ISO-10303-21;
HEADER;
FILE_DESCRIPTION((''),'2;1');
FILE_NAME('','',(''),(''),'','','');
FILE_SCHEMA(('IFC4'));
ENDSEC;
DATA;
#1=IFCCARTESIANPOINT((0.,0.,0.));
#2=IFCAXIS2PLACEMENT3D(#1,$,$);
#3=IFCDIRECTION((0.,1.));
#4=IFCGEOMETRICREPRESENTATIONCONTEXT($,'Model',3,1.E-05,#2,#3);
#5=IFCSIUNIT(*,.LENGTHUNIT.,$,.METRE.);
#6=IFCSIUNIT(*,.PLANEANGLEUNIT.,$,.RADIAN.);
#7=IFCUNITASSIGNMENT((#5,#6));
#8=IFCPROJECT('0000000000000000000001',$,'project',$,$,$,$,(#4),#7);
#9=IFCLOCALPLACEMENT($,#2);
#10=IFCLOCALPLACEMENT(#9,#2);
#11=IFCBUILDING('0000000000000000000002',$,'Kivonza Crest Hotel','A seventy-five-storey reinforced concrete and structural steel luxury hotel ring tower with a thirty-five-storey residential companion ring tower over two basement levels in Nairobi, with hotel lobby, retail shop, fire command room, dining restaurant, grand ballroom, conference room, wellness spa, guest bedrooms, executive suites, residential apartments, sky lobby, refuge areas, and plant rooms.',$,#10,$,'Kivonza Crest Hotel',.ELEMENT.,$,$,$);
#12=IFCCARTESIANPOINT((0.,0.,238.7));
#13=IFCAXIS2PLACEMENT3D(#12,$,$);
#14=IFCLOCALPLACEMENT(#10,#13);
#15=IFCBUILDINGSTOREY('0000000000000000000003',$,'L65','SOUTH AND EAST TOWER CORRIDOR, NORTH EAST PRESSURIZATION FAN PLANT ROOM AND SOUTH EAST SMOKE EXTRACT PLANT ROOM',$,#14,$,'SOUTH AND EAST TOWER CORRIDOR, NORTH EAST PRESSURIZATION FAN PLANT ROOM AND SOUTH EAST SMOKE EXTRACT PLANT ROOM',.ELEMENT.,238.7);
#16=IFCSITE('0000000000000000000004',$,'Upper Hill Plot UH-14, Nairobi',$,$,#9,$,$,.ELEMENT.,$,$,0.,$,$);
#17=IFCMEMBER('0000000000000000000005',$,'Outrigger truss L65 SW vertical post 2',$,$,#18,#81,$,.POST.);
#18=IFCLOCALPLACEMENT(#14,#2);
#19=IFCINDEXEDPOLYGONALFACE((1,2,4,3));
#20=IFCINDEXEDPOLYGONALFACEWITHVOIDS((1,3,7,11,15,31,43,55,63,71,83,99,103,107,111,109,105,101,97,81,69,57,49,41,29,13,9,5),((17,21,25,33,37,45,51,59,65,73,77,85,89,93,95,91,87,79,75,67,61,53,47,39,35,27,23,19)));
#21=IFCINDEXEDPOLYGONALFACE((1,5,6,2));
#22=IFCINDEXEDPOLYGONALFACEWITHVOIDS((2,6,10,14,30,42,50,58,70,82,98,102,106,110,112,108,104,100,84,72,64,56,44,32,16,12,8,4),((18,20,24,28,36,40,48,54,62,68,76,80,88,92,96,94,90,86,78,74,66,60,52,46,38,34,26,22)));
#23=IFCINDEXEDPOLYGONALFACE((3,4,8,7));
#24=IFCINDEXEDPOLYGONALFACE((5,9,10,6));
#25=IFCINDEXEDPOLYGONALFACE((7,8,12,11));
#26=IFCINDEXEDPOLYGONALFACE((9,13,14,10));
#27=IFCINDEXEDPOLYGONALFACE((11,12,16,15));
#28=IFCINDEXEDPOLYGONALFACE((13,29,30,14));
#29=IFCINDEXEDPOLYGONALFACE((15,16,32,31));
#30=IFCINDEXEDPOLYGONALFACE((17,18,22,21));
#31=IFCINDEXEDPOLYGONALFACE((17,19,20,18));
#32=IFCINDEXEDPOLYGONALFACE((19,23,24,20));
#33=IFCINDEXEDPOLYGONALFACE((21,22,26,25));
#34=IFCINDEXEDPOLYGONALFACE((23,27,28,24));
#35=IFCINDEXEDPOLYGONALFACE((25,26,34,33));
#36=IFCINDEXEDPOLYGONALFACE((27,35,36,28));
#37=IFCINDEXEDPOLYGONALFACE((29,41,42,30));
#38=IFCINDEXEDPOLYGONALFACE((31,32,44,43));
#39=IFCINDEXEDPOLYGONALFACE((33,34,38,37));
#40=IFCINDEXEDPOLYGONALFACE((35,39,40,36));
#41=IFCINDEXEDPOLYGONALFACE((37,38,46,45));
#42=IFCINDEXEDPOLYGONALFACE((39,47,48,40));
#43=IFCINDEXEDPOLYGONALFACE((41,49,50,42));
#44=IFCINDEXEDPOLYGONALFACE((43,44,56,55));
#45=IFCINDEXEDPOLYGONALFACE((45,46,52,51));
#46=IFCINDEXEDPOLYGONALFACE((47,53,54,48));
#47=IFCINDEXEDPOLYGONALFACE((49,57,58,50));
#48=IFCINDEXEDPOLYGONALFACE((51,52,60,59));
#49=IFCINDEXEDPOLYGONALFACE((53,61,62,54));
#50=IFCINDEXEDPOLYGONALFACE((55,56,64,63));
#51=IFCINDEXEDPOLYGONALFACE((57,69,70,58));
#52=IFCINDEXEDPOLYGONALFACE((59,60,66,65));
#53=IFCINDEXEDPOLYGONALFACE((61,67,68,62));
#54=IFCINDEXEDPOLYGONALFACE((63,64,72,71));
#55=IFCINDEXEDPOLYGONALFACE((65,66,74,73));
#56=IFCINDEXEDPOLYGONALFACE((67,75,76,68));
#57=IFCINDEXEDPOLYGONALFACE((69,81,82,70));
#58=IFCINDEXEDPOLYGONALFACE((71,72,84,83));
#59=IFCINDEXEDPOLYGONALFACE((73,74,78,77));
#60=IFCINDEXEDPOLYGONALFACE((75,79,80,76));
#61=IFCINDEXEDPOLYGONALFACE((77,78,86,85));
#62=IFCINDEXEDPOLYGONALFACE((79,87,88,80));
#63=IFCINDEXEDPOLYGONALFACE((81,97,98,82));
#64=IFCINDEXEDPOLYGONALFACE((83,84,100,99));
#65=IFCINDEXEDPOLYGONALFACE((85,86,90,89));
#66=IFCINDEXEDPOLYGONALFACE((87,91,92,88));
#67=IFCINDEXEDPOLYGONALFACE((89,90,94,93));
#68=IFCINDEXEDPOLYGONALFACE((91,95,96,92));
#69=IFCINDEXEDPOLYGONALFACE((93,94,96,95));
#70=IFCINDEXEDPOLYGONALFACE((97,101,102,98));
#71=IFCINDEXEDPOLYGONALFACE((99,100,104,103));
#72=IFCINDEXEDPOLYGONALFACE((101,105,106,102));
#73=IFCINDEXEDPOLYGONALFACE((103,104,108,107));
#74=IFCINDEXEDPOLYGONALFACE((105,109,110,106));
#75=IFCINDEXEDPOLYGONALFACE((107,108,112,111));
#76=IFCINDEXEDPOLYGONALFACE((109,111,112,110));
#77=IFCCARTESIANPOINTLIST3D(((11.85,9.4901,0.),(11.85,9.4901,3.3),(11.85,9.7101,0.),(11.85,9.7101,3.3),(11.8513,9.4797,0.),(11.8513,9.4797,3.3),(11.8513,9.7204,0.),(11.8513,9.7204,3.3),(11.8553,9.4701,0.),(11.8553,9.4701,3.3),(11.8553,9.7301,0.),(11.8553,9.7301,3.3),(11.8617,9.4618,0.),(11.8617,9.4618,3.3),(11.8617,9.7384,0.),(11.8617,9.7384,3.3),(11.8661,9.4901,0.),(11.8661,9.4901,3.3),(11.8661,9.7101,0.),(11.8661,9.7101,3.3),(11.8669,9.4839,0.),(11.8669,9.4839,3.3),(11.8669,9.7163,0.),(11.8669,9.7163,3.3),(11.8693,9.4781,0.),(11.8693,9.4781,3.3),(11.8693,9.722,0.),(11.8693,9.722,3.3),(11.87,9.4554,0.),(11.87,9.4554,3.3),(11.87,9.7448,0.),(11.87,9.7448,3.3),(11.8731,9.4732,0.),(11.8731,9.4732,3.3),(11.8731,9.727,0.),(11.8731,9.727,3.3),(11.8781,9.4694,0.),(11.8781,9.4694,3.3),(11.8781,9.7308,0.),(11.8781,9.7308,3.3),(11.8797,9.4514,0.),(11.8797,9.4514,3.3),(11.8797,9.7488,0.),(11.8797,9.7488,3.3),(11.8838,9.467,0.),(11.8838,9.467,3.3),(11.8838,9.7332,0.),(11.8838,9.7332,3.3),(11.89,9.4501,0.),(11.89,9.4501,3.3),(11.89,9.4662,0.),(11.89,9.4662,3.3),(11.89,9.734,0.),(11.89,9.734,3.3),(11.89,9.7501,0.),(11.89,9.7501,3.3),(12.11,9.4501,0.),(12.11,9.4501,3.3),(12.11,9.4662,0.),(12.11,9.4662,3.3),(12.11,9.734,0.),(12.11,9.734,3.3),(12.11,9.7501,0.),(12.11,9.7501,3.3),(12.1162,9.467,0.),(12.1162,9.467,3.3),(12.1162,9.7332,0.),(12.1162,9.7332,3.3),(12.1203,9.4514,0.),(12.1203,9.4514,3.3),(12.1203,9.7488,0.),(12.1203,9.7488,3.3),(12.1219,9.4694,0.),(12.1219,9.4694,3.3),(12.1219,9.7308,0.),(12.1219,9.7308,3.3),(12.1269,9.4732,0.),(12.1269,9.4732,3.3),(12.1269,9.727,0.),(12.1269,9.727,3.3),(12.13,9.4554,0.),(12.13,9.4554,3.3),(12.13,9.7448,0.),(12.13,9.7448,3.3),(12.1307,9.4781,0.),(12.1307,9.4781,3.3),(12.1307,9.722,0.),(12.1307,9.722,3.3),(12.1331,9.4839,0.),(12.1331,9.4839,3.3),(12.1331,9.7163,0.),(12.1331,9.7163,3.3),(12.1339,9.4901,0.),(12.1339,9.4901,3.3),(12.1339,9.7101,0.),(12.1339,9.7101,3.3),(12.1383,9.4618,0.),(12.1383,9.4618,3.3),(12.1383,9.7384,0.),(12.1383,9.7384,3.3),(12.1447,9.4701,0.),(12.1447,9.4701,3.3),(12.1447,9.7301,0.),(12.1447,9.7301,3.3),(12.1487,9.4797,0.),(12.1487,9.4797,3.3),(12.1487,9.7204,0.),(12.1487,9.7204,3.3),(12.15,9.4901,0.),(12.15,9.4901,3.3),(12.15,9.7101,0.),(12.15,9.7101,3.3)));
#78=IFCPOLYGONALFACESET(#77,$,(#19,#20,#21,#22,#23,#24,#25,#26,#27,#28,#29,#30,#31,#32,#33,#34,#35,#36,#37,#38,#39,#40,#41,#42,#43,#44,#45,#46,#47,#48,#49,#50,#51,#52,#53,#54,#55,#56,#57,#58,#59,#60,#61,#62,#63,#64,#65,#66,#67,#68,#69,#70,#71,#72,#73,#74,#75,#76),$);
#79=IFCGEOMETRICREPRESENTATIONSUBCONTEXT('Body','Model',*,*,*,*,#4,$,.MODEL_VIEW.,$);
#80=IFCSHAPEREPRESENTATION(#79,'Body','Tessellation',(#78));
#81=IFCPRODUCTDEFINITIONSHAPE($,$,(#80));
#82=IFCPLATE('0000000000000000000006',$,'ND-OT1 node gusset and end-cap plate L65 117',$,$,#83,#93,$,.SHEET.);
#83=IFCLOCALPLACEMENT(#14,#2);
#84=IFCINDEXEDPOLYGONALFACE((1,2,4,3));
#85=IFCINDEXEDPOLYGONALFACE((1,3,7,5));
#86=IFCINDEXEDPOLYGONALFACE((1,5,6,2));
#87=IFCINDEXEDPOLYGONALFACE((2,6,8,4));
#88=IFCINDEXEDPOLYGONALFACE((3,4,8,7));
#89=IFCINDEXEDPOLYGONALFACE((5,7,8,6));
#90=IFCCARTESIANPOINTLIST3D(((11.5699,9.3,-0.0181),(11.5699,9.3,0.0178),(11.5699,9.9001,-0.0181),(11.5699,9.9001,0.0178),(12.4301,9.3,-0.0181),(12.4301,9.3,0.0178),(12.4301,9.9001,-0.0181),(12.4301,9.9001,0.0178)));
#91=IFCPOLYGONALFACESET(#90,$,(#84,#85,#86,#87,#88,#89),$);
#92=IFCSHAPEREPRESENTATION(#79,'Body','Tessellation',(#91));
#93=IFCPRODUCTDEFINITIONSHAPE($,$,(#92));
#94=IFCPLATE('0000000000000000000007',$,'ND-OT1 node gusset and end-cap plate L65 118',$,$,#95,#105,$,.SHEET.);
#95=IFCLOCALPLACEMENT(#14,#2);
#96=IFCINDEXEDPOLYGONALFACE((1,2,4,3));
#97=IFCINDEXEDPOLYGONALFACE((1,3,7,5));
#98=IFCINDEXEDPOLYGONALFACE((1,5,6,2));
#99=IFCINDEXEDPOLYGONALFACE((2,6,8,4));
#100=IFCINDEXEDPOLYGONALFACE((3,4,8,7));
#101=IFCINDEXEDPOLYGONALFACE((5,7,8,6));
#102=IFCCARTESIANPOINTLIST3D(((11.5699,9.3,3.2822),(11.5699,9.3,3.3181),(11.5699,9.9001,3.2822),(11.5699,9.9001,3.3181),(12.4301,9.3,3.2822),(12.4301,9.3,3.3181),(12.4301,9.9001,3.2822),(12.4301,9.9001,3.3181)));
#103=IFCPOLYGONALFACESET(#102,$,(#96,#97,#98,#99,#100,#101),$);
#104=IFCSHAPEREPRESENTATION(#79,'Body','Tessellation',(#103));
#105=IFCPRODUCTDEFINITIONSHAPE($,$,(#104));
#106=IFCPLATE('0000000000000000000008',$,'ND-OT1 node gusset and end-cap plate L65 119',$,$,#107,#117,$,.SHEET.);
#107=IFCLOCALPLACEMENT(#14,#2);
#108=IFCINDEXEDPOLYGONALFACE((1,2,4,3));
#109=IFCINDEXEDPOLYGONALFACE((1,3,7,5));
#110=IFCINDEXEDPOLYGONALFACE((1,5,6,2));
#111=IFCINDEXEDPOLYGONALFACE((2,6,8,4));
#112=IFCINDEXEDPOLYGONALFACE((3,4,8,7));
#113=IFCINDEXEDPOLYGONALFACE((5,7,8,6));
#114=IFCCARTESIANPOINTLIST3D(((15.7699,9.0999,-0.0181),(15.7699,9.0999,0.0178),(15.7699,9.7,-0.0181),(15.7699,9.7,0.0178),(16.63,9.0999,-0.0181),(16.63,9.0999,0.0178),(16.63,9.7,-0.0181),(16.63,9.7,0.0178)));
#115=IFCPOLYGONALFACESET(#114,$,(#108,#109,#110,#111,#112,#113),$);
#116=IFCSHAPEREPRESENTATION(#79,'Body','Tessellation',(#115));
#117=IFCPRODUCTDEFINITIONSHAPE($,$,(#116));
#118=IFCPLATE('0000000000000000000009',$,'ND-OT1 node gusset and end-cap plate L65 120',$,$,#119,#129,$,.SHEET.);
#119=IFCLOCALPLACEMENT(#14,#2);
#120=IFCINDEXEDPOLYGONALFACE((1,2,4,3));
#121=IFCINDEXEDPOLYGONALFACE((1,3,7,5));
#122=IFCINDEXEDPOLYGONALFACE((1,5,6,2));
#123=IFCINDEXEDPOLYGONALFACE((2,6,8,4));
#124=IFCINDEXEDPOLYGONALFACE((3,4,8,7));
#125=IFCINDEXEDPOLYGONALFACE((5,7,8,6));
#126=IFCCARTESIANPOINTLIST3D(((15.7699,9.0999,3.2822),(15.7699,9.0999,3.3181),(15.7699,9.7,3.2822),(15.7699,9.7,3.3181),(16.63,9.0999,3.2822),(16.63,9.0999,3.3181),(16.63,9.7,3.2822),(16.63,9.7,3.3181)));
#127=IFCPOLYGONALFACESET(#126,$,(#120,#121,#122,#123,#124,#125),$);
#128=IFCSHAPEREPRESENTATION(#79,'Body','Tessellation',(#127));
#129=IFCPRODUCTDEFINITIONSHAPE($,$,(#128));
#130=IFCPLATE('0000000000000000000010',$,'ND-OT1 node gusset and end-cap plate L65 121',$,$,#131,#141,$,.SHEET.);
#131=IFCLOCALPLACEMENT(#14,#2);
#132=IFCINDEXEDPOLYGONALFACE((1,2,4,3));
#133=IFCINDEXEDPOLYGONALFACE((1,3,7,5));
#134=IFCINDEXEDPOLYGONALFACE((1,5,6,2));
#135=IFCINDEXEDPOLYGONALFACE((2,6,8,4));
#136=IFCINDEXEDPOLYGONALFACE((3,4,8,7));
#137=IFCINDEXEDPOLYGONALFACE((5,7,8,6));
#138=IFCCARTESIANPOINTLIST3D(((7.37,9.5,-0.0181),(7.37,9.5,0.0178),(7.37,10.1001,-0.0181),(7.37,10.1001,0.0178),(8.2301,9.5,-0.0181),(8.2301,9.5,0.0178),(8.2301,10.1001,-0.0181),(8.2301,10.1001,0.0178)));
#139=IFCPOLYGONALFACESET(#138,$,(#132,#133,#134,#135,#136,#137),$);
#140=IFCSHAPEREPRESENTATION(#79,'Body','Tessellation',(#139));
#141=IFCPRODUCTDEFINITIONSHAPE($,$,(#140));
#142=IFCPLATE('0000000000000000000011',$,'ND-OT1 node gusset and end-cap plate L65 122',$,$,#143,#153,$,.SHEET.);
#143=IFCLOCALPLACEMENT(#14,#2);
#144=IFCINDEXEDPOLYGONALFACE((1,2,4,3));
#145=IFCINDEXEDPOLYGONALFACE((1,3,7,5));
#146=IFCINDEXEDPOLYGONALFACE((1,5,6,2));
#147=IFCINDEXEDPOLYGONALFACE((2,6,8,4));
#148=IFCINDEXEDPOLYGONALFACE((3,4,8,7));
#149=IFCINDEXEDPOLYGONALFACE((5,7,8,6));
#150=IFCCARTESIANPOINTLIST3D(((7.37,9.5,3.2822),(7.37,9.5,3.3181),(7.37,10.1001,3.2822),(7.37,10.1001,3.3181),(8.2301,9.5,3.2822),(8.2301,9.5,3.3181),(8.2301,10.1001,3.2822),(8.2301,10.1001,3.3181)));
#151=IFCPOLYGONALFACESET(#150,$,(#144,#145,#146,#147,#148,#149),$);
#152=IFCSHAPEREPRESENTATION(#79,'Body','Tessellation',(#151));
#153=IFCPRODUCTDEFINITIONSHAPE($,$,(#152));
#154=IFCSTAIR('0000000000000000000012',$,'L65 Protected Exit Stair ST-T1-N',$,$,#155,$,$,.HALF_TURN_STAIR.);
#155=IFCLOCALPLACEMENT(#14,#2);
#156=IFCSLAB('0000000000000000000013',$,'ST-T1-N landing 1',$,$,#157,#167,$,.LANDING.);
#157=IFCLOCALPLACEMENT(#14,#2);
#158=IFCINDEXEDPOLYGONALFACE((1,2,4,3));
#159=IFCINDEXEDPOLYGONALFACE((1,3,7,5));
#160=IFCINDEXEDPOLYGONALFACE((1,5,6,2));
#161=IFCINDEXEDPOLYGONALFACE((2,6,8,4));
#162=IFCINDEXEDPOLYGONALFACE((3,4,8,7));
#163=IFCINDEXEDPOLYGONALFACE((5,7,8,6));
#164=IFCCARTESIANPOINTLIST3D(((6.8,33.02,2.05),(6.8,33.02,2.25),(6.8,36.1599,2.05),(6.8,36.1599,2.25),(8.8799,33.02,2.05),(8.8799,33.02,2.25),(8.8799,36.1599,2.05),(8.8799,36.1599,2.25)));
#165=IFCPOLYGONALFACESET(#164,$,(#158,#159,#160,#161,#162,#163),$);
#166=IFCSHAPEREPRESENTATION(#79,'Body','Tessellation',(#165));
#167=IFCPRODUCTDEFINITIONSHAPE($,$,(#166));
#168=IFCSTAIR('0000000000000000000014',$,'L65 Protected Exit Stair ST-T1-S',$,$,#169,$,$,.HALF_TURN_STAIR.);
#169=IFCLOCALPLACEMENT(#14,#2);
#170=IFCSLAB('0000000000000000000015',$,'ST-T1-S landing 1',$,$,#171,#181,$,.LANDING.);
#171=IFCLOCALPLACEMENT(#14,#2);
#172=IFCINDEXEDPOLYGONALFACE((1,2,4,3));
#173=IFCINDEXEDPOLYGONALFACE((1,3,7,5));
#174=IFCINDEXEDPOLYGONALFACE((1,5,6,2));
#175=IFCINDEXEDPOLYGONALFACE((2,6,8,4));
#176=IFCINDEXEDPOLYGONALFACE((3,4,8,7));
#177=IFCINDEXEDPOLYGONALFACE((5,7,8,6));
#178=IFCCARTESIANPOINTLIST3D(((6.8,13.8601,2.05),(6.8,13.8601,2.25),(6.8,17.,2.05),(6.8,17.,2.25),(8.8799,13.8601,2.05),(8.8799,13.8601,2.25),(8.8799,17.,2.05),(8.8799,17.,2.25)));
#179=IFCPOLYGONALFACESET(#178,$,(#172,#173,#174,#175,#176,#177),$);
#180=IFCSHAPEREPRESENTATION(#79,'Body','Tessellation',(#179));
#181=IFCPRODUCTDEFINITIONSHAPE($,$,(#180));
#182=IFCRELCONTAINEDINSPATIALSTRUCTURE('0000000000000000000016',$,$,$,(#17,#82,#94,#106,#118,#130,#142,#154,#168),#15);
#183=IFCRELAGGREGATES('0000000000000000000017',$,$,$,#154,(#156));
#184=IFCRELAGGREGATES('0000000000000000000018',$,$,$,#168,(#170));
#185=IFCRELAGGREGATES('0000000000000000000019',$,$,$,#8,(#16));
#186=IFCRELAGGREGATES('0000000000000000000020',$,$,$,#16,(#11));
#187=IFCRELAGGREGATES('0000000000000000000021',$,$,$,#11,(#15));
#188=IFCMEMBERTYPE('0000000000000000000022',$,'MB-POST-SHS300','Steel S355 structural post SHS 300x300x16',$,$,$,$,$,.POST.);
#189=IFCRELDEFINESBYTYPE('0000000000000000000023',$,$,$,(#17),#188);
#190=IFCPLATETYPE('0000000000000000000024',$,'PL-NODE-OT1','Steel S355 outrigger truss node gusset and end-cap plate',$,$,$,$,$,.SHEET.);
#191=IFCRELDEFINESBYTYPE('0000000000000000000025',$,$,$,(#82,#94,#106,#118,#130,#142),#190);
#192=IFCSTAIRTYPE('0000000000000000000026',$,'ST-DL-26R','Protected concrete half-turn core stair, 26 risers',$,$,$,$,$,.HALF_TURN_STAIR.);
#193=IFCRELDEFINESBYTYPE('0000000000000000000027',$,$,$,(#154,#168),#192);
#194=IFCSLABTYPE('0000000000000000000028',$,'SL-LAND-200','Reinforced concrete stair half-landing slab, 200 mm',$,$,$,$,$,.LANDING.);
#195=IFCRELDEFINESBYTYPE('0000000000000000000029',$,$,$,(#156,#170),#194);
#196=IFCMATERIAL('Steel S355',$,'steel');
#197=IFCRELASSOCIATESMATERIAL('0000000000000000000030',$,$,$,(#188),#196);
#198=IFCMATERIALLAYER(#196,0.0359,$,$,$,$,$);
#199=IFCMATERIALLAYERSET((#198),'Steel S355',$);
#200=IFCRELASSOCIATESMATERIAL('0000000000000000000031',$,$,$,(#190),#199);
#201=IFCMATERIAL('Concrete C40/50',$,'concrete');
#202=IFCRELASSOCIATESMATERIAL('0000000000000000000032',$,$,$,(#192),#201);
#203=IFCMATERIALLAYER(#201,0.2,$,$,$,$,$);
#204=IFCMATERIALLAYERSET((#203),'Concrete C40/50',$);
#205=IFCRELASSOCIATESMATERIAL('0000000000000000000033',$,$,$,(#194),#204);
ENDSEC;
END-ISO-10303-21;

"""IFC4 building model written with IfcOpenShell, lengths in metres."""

from ifc_helpers import new_model, si_unit, direction, frame, origin, origin_2d, place, context, subcontext, project, spatial, polyline, rectangle, hollow_rectangle, outline, extrude, material, layer, layer_set, material_profile, profile_set, type_object, element, aggregate, save


model = new_model("IFC4")

# Units and contexts
model_context = context("Model", 3, precision=1e-05, world=origin(), true_north=direction((0.0, 1.0)))
body_context = subcontext(model_context, "Body", "Model", "MODEL_VIEW")
ifc_project = project(units=[si_unit("LENGTHUNIT", "METRE"), si_unit("PLANEANGLEUNIT", "RADIAN")], contexts=[model_context])

# Site, building, storey
site_placement = place(None, origin())
site = spatial("IfcSite", under=ifc_project, at=site_placement, Name="Upper Hill Plot UH-14, Nairobi", CompositionType="ELEMENT", RefElevation=0.0)
building_placement = place(site_placement, origin())
building = spatial("IfcBuilding", under=site, at=building_placement, Name="Kivonza Crest Hotel", Description="A seventy-five-storey reinforced concrete and structural steel luxury hotel ring tower with a thirty-five-storey residential companion ring tower over two basement levels in Nairobi, with hotel lobby, retail shop, fire command room, dining restaurant, grand ballroom, conference room, wellness spa, guest bedrooms, executive suites, residential apartments, sky lobby, refuge areas, and plant rooms.", LongName="Kivonza Crest Hotel", CompositionType="ELEMENT")
storey_placement = place(building_placement, frame((0.0, 0.0, 238.7)))
storey = spatial("IfcBuildingStorey", under=building, at=storey_placement, Name="L65", Description="SOUTH AND EAST TOWER CORRIDOR, NORTH EAST PRESSURIZATION FAN PLANT ROOM AND SOUTH EAST SMOKE EXTRACT PLANT ROOM", LongName="SOUTH AND EAST TOWER CORRIDOR, NORTH EAST PRESSURIZATION FAN PLANT ROOM AND SOUTH EAST SMOKE EXTRACT PLANT ROOM", CompositionType="ELEMENT", Elevation=238.7)

# Shared definitions
ifc_material_1 = material(Name="Steel S355", Category="steel")

# Member
ifc_material_profile_1 = material_profile(ifc_material_1, hollow_rectangle(XDim=0.3, YDim=0.3, WallThickness=0.0161, InnerFilletRadius=0.0239, OuterFilletRadius=0.04, at=origin_2d()), Name="SHS 300x300x16")
ifc_profile_set_1 = profile_set([ifc_material_profile_1], Name="Steel S355")
member_type_1 = type_object("IfcMemberType", Name="MB-POST-SHS300", Description="Steel S355 structural post SHS 300x300x16", PredefinedType="POST", material=ifc_profile_set_1)
member_placement = place(storey_placement, frame((12.0, 9.6001, 0.0), z_axis=(0.0, 0.0, 1.0), x_axis=(1.0, 0.0, 0.0)))
element("IfcMember", 1, at=member_placement, inside=storey, type_object=member_type_1, Name="Outrigger truss L65 SW vertical post 2", PredefinedType="POST", context=body_context, shape_type="SweptSolid", body=[
    extrude(hollow_rectangle(XDim=0.3, YDim=0.3, WallThickness=0.0161, InnerFilletRadius=0.0239, OuterFilletRadius=0.04, at=origin_2d()), origin(), (0.0, 0.0, 1.0), 3.3),
])

# Plates
ifc_layer_1 = layer(ifc_material_1, 0.0359)
ifc_layer_set_1 = layer_set([ifc_layer_1], Name="Steel S355")
plate_type = type_object("IfcPlateType", Name="PL-NODE-OT1", Description="Steel S355 outrigger truss node gusset and end-cap plate", PredefinedType="SHEET", material=ifc_layer_set_1)
for number, where, z_axis, x_axis, name in (
    (2, (12.0, 9.6001, -0.0181), (0.0, 0.0, 1.0), (1.0, 0.0, 0.0), "ND-OT1 node gusset and end-cap plate L65 117"),
    (3, (12.0, 9.6001, 3.2822), (0.0, 0.0, 1.0), (1.0, 0.0, 0.0), "ND-OT1 node gusset and end-cap plate L65 118"),
    (4, (16.2, 9.3999, -0.0181), (0.0, 0.0, 1.0), (1.0, 0.0, 0.0), "ND-OT1 node gusset and end-cap plate L65 119"),
    (5, (16.2, 9.3999, 3.2822), (0.0, 0.0, 1.0), (1.0, 0.0, 0.0), "ND-OT1 node gusset and end-cap plate L65 120"),
    (6, (7.8, 9.8, -0.0181), (0.0, 0.0, 1.0), (1.0, 0.0, 0.0), "ND-OT1 node gusset and end-cap plate L65 121"),
    (7, (7.8, 9.8, 3.2822), (0.0, 0.0, 1.0), (1.0, 0.0, 0.0), "ND-OT1 node gusset and end-cap plate L65 122"),
):
    element("IfcPlate", number, at=place(storey_placement, frame(where, z_axis=z_axis, x_axis=x_axis)), inside=storey, type_object=plate_type, Name=name, PredefinedType="SHEET", context=body_context, shape_type="SweptSolid", body=[
        extrude(rectangle(XDim=0.8601, YDim=0.6001, at=origin_2d()), origin(), (0.0, 0.0, 1.0), 0.0359),
    ])

# Stairs, slabs
ifc_material_2 = material(Name="Concrete C40/50", Category="concrete")
stair_type = type_object("IfcStairType", Name="ST-DL-26R", Description="Protected concrete half-turn core stair, 26 risers", PredefinedType="HALF_TURN_STAIR", material=ifc_material_2)
stair_1_placement = place(storey_placement, origin())
stair_1 = element("IfcStair", 8, at=stair_1_placement, inside=storey, type_object=stair_type, Name="L65 Protected Exit Stair ST-T1-N", PredefinedType="HALF_TURN_STAIR")
ifc_layer_2 = layer(ifc_material_2, 0.2)
ifc_layer_set_2 = layer_set([ifc_layer_2], Name="Concrete C40/50")
slab_type_1 = type_object("IfcSlabType", Name="SL-LAND-200", Description="Reinforced concrete stair half-landing slab, 200 mm", PredefinedType="LANDING", material=ifc_layer_set_2)
slab_1_placement = place(storey_placement, frame((0.0, 0.0, 2.05)))
slab_1 = element("IfcSlab", 9, at=slab_1_placement, type_object=slab_type_1, Name="ST-T1-N landing 1", PredefinedType="LANDING", context=body_context, shape_type="SweptSolid", body=[
    extrude(outline(polyline([(8.8799, 36.1599), (6.8, 36.1599), (6.8, 33.02), (8.8799, 33.02), (8.8799, 36.1599)])), origin(), (0.0, 0.0, 1.0), 0.2),
])
aggregate(stair_1, [slab_1])
stair_2_placement = place(storey_placement, origin())
stair_2 = element("IfcStair", 10, at=stair_2_placement, inside=storey, type_object=stair_type, Name="L65 Protected Exit Stair ST-T1-S", PredefinedType="HALF_TURN_STAIR")
slab_2_placement = place(storey_placement, frame((0.0, 0.0, 2.05)))
slab_2 = element("IfcSlab", 11, at=slab_2_placement, type_object=slab_type_1, Name="ST-T1-S landing 1", PredefinedType="LANDING", context=body_context, shape_type="SweptSolid", body=[
    extrude(outline(polyline([(8.8799, 17.0), (6.8, 17.0), (6.8, 13.8601), (8.8799, 13.8601), (8.8799, 17.0)])), origin(), (0.0, 0.0, 1.0), 0.2),
])
aggregate(stair_2, [slab_2])

save(model, "model.ifc")
